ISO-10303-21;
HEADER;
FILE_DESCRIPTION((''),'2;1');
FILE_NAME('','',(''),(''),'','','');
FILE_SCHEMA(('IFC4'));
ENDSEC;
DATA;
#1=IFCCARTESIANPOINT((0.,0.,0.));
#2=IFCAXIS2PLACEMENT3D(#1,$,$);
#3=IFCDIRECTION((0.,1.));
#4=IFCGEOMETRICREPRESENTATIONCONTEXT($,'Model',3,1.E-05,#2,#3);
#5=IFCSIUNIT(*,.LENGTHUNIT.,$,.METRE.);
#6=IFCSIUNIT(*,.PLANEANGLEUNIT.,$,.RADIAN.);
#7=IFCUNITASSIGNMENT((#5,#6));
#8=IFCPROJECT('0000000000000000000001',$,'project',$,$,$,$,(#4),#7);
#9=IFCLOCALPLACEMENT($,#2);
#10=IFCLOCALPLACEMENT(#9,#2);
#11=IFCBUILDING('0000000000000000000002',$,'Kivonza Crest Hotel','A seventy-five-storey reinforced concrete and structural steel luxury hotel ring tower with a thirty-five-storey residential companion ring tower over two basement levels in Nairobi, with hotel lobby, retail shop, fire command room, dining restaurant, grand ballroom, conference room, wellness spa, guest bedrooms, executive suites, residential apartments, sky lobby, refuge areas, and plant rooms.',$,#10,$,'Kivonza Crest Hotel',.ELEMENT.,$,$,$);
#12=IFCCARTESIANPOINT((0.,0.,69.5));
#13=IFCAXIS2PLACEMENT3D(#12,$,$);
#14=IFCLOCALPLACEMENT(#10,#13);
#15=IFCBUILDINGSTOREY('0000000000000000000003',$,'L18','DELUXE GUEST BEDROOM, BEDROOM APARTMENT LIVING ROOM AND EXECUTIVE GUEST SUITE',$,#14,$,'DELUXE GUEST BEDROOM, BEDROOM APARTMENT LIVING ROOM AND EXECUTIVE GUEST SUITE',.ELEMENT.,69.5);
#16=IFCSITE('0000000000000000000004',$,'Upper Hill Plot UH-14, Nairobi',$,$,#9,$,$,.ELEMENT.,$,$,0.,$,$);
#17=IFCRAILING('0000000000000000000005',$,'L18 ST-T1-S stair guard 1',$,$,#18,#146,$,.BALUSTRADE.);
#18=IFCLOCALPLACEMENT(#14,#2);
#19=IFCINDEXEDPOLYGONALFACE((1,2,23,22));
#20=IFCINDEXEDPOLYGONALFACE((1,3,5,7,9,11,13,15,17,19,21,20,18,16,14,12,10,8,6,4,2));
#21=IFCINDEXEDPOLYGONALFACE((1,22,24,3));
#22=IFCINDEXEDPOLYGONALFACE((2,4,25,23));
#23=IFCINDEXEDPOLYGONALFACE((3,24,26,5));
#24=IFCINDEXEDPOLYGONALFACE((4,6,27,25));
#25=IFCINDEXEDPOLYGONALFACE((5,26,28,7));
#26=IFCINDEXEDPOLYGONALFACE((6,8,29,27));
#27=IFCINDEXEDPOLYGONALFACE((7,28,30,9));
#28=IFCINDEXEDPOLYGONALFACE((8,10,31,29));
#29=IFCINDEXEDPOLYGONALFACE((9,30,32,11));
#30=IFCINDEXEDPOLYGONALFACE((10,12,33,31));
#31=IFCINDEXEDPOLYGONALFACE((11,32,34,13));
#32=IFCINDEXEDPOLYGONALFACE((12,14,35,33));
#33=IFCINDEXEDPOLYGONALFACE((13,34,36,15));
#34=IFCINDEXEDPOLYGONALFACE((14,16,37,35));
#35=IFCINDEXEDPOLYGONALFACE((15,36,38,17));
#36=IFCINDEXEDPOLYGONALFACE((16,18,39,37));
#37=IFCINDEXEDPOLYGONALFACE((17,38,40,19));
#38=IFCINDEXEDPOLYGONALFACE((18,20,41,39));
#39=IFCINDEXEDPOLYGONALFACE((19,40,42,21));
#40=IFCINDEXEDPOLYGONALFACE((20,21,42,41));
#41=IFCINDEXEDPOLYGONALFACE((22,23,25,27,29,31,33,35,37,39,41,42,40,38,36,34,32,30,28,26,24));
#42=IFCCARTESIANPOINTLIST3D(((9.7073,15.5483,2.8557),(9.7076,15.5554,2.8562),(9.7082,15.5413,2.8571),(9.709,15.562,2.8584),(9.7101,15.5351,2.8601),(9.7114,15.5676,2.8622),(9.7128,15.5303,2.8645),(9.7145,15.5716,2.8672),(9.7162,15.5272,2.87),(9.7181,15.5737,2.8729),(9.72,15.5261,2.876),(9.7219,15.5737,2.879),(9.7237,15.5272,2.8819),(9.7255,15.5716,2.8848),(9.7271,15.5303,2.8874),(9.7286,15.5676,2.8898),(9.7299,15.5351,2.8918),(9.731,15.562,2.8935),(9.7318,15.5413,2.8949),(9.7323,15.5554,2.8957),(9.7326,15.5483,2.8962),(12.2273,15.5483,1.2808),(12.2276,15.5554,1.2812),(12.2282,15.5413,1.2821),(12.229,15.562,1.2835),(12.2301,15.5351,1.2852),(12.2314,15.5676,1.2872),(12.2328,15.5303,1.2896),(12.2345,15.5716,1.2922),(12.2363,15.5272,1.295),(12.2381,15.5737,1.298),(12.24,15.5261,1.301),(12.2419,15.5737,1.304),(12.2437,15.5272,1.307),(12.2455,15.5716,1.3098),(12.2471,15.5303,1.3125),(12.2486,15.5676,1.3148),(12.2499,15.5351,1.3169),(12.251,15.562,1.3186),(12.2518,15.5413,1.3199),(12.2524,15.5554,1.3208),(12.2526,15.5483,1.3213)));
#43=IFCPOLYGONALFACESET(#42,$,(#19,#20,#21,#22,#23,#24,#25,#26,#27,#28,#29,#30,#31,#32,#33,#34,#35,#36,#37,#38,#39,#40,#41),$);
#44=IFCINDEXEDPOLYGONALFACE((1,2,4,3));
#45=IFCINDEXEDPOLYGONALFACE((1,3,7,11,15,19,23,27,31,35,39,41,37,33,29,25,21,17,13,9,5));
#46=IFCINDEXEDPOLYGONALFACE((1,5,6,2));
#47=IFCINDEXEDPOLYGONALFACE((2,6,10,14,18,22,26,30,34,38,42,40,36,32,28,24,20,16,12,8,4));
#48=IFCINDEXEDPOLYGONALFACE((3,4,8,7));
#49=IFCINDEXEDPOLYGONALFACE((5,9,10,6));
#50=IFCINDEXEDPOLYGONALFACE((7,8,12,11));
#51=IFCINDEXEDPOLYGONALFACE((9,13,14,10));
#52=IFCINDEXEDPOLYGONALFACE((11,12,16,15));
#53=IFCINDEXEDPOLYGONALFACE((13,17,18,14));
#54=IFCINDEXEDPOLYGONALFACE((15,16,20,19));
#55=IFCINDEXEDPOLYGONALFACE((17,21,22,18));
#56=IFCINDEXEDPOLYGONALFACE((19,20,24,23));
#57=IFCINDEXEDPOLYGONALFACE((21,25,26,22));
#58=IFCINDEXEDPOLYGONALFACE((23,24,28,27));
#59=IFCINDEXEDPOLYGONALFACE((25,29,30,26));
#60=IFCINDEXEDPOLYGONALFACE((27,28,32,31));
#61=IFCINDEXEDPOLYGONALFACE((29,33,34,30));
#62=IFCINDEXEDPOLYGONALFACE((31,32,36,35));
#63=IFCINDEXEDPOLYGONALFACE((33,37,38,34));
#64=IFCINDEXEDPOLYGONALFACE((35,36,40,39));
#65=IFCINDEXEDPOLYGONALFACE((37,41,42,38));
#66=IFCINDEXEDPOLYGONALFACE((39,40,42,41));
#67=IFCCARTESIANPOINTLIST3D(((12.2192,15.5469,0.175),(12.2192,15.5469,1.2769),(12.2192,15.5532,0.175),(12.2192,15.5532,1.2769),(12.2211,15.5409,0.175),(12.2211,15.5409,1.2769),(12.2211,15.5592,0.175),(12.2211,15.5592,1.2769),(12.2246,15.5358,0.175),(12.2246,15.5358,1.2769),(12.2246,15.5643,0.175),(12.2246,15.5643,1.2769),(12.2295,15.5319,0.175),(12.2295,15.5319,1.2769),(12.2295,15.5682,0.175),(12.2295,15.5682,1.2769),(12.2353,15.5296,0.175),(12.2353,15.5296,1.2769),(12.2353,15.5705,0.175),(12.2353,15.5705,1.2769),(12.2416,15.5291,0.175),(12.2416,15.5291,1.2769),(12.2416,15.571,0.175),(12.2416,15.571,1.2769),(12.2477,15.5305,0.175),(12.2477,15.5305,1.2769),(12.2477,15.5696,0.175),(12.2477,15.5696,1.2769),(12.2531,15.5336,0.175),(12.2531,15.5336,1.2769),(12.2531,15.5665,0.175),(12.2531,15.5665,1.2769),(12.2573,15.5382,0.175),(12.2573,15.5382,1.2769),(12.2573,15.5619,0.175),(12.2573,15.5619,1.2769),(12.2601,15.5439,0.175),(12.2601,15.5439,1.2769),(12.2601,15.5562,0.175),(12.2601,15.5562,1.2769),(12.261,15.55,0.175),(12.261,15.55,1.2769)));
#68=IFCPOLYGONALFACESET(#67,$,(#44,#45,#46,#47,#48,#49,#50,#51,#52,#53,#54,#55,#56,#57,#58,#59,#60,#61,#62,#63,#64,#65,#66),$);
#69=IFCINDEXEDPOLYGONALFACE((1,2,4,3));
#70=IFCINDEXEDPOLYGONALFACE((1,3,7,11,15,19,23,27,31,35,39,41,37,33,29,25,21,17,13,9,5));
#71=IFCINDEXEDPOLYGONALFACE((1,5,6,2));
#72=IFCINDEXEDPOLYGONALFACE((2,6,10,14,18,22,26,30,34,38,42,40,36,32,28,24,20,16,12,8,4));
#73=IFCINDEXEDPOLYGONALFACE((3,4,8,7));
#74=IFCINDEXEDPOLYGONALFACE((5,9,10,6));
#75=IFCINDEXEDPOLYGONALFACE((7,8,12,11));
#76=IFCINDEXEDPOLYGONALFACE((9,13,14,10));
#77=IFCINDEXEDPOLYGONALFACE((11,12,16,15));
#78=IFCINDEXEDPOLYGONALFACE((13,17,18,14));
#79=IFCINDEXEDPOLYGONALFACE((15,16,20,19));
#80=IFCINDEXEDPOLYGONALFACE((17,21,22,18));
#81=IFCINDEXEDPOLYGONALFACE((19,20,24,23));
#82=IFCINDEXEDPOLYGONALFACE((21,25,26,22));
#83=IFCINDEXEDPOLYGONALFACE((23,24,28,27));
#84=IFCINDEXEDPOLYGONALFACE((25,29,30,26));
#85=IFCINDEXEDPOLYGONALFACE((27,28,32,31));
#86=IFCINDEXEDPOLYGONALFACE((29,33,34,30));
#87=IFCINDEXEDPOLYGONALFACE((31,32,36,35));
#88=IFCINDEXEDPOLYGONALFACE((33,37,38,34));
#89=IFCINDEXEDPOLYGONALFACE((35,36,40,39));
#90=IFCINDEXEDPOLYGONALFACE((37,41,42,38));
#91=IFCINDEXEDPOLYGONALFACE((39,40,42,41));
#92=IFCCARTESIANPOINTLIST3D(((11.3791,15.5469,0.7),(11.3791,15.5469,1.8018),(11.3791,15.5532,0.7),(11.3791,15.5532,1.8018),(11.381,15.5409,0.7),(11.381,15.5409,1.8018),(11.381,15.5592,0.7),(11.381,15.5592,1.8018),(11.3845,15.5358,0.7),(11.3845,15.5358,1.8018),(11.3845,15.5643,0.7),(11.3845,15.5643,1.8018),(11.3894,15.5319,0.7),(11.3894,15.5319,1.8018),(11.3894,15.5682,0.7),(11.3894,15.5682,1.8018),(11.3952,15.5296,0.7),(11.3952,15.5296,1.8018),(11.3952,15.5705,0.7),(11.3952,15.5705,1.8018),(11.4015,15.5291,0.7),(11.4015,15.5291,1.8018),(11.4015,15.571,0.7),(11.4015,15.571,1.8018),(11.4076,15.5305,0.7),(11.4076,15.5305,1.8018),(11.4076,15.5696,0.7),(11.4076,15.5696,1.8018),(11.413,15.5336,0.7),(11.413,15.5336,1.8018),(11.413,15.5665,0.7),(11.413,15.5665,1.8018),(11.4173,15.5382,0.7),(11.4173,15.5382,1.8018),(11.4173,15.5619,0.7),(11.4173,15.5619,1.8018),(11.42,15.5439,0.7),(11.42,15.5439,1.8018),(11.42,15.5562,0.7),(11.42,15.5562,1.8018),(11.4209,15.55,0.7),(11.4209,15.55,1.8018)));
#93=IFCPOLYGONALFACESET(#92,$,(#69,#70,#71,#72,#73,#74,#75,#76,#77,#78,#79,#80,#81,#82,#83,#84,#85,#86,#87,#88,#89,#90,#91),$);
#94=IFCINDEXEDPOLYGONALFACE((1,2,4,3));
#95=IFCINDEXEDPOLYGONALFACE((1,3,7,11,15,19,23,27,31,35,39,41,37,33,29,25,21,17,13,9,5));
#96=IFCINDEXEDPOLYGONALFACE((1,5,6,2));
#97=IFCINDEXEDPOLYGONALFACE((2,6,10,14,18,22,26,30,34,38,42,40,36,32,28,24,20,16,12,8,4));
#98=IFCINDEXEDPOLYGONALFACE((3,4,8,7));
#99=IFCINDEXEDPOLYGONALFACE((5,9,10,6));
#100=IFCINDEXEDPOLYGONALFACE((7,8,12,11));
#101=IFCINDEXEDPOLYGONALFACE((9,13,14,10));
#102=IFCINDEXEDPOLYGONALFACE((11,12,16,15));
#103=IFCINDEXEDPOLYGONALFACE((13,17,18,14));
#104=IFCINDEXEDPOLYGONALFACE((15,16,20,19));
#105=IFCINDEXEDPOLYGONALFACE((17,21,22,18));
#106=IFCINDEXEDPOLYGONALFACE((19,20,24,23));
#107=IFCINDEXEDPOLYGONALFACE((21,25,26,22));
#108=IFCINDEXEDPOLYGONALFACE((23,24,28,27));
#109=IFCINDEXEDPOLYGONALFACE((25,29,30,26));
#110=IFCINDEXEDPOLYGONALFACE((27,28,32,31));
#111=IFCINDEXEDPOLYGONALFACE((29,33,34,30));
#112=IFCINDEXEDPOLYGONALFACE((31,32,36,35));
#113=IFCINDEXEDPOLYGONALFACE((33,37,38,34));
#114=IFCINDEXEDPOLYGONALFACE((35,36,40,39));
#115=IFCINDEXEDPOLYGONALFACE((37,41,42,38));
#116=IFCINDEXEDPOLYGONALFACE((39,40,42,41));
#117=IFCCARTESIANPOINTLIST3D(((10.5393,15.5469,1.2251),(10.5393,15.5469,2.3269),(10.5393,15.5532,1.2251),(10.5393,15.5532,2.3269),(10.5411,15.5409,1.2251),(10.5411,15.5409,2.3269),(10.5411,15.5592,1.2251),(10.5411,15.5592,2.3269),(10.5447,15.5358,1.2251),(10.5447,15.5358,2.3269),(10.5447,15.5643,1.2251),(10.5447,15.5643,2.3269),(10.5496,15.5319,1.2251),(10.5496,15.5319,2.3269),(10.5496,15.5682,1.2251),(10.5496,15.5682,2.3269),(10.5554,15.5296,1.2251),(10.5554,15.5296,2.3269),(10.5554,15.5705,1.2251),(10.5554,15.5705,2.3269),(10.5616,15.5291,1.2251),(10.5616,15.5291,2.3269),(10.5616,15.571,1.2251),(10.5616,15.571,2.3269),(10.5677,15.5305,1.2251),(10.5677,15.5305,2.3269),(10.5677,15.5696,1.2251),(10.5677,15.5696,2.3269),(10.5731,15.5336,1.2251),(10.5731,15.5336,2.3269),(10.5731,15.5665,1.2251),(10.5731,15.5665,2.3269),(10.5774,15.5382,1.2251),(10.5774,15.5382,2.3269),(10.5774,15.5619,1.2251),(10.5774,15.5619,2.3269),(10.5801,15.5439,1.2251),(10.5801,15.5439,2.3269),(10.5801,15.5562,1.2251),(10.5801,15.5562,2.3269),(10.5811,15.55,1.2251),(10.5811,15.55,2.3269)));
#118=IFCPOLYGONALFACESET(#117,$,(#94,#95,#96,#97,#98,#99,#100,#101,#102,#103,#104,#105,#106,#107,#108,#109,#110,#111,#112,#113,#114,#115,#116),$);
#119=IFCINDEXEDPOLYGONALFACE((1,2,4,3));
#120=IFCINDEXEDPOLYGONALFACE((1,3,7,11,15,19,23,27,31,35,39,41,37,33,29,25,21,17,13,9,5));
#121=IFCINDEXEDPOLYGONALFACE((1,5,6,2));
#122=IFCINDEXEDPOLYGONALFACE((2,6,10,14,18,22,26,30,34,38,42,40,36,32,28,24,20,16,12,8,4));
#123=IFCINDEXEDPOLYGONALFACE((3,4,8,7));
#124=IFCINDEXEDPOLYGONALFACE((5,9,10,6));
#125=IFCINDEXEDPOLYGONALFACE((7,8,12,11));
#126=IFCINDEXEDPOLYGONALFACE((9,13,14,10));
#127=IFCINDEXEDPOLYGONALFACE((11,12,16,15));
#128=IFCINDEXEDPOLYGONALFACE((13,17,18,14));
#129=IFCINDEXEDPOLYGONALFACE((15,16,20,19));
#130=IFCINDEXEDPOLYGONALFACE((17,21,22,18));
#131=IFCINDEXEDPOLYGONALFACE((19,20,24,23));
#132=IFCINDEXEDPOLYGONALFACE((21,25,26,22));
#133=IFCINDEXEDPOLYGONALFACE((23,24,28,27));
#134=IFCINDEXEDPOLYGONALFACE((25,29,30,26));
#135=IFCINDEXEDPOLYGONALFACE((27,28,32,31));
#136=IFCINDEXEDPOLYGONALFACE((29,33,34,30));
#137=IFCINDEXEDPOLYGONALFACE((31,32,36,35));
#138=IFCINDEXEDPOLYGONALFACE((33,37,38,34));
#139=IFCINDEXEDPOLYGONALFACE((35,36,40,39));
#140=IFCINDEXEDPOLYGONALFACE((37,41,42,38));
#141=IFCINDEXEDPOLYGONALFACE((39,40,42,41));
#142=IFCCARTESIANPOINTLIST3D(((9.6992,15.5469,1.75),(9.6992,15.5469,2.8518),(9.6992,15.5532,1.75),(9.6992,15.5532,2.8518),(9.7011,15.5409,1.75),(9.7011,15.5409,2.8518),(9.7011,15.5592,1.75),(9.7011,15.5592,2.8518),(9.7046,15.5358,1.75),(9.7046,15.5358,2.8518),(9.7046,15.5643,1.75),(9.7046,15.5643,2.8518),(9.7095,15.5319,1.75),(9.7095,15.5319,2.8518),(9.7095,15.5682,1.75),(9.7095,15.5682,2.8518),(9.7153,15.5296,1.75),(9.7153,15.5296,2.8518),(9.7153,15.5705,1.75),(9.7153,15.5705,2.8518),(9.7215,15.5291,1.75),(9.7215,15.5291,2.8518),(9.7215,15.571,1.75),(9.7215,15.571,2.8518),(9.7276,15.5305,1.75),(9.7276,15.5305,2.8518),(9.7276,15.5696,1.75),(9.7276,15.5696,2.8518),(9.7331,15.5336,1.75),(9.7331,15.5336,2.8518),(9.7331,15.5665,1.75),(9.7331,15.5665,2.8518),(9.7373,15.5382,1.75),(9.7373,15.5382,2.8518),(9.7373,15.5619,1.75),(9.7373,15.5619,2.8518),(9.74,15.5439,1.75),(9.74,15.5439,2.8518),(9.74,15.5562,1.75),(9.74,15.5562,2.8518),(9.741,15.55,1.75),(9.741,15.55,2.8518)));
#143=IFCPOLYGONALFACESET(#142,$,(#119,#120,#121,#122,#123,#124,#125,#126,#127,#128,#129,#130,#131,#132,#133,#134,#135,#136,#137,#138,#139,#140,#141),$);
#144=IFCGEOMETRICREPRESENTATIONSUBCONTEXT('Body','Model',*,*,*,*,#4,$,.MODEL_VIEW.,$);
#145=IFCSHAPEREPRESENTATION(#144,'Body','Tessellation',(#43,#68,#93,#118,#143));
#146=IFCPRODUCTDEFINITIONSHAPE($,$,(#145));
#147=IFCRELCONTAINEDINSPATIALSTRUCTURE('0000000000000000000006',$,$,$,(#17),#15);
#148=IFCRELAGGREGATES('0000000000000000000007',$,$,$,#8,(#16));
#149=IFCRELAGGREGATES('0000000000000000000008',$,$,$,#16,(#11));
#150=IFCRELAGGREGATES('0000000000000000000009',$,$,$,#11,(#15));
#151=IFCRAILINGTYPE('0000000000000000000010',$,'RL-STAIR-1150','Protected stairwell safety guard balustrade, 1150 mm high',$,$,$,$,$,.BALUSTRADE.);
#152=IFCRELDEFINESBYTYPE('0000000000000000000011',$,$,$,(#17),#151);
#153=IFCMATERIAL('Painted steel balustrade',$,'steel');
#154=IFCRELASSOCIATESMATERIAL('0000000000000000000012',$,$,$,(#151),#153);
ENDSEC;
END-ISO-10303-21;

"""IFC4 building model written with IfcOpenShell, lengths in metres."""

from ifc_helpers import new_model, si_unit, direction, frame, origin, origin_2d, place, context, subcontext, project, spatial, circle, extrude, material, type_object, element, save


model = new_model("IFC4")

# Units and contexts
model_context = context("Model", 3, precision=1e-05, world=origin(), true_north=direction((0.0, 1.0)))
body_context = subcontext(model_context, "Body", "Model", "MODEL_VIEW")
ifc_project = project(units=[si_unit("LENGTHUNIT", "METRE"), si_unit("PLANEANGLEUNIT", "RADIAN")], contexts=[model_context])

# Site, building, storey
site_placement = place(None, origin())
site = spatial("IfcSite", under=ifc_project, at=site_placement, Name="Upper Hill Plot UH-14, Nairobi", CompositionType="ELEMENT", RefElevation=0.0)
building_placement = place(site_placement, origin())
building = spatial("IfcBuilding", under=site, at=building_placement, Name="Kivonza Crest Hotel", Description="A seventy-five-storey reinforced concrete and structural steel luxury hotel ring tower with a thirty-five-storey residential companion ring tower over two basement levels in Nairobi, with hotel lobby, retail shop, fire command room, dining restaurant, grand ballroom, conference room, wellness spa, guest bedrooms, executive suites, residential apartments, sky lobby, refuge areas, and plant rooms.", LongName="Kivonza Crest Hotel", CompositionType="ELEMENT")
storey_placement = place(building_placement, frame((0.0, 0.0, 69.5)))
storey = spatial("IfcBuildingStorey", under=building, at=storey_placement, Name="L18", Description="DELUXE GUEST BEDROOM, BEDROOM APARTMENT LIVING ROOM AND EXECUTIVE GUEST SUITE", LongName="DELUXE GUEST BEDROOM, BEDROOM APARTMENT LIVING ROOM AND EXECUTIVE GUEST SUITE", CompositionType="ELEMENT", Elevation=69.5)

# Railing
ifc_material_1 = material(Name="Painted steel balustrade", Category="steel")
railing_type_1 = type_object("IfcRailingType", Name="RL-STAIR-1150", Description="Protected stairwell safety guard balustrade, 1150 mm high", PredefinedType="BALUSTRADE", material=ifc_material_1)
railing_1_placement = place(storey_placement, frame((12.24, 15.55, 0.175)))
element("IfcRailing", 1, at=railing_1_placement, inside=storey, type_object=railing_type_1, Name="L18 ST-T1-S stair guard 1", PredefinedType="BALUSTRADE", context=body_context, shape_type="SweptSolid", body=[
    extrude(circle(Radius=0.0239, at=origin_2d()), frame((0.0, 0.0, 1.126), z_axis=(-0.848008, 0.0, 0.529984), x_axis=(0.0, -1.0, 0.0)), (0.0, 0.0, 1.0), 2.9717),
    extrude(circle(Radius=0.021, at=origin_2d()), origin(), (0.0, 0.0, 1.0), 1.1018),
    extrude(circle(Radius=0.021, at=origin_2d()), frame((-0.8401, 0.0, 0.5249)), (0.0, 0.0, 1.0), 1.1018),
    extrude(circle(Radius=0.021, at=origin_2d()), frame((-1.6799, 0.0, 1.05)), (0.0, 0.0, 1.0), 1.1018),
    extrude(circle(Radius=0.021, at=origin_2d()), frame((-2.52, 0.0, 1.575)), (0.0, 0.0, 1.0), 1.1018),
])

save(model, "model.ifc")
